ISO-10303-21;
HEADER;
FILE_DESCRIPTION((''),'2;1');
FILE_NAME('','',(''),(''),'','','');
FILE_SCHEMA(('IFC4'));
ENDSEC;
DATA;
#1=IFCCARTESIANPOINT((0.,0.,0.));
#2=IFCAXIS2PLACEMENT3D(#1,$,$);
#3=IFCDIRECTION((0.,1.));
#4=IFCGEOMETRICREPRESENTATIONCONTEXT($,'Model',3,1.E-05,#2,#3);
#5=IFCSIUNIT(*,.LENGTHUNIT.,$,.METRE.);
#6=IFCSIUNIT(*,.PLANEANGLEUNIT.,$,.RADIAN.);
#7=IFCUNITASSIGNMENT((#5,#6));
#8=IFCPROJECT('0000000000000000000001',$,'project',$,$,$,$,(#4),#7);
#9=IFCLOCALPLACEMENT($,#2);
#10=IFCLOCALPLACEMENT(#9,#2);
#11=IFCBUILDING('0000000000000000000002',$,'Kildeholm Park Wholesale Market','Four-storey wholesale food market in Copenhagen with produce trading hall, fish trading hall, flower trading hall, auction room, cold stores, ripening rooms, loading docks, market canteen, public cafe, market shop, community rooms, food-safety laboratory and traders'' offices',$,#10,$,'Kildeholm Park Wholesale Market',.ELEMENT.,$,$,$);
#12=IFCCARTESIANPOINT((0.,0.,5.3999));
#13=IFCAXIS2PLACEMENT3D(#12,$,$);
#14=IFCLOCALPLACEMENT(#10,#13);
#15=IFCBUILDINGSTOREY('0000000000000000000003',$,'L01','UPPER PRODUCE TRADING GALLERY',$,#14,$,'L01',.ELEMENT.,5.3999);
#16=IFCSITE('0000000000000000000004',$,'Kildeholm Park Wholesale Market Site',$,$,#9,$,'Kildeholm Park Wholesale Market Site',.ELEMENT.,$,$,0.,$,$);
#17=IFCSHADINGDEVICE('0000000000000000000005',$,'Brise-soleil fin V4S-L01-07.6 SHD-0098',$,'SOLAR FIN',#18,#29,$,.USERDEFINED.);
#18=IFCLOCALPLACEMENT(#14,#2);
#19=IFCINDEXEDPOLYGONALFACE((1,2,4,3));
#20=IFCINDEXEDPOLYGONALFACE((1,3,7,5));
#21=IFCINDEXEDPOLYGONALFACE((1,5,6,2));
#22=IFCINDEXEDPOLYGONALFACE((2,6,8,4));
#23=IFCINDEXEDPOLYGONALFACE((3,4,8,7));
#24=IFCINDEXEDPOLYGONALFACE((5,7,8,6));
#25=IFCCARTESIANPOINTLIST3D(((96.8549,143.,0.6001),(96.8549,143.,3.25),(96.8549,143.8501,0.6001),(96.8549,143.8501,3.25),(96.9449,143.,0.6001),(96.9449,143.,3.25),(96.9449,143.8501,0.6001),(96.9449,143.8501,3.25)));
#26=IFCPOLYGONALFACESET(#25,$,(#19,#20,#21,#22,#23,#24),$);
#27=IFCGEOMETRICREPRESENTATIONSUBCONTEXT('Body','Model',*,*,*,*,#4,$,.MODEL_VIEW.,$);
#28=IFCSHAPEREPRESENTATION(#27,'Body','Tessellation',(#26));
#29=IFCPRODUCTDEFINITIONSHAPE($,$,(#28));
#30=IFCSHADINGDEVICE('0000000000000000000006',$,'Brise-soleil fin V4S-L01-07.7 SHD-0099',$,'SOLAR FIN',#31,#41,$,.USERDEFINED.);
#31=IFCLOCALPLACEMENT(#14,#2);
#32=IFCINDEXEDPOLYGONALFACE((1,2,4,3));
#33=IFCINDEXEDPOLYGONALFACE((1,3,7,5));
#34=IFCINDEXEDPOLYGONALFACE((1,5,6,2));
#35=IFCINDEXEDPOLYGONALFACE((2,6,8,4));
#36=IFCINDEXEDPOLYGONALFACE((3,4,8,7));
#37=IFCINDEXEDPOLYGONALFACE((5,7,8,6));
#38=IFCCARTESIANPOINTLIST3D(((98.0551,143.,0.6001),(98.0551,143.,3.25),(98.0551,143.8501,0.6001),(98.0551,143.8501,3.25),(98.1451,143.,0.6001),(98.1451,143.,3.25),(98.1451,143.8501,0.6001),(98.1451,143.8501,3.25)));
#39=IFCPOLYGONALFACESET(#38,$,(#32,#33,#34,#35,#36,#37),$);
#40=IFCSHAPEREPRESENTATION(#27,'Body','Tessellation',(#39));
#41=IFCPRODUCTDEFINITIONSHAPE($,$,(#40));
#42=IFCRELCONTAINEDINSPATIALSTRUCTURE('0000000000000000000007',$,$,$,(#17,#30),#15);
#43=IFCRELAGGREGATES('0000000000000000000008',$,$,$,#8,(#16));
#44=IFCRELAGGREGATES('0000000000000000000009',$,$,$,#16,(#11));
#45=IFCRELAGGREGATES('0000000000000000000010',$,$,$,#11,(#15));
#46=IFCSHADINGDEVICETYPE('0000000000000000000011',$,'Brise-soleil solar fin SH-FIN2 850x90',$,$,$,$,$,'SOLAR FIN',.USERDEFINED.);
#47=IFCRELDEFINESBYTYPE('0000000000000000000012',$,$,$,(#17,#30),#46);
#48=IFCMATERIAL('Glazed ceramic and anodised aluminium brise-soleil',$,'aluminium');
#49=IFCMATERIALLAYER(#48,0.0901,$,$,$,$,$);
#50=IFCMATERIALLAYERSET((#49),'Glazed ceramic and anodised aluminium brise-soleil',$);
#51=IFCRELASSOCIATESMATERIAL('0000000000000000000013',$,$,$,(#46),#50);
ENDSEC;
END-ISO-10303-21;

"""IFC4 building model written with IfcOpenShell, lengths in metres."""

from ifc_helpers import new_model, si_unit, direction, frame, origin, origin_2d, place, context, subcontext, project, spatial, rectangle, extrude, material, layer, layer_set, type_object, element, save


model = new_model("IFC4")

# Units and contexts
model_context = context("Model", 3, precision=1e-05, world=origin(), true_north=direction((0.0, 1.0)))
body_context = subcontext(model_context, "Body", "Model", "MODEL_VIEW")
ifc_project = project(units=[si_unit("LENGTHUNIT", "METRE"), si_unit("PLANEANGLEUNIT", "RADIAN")], contexts=[model_context])

# Site, building, storey
site_placement = place(None, origin())
site = spatial("IfcSite", under=ifc_project, at=site_placement, Name="Kildeholm Park Wholesale Market Site", LongName="Kildeholm Park Wholesale Market Site", CompositionType="ELEMENT", RefElevation=0.0)
building_placement = place(site_placement, origin())
building = spatial("IfcBuilding", under=site, at=building_placement, Name="Kildeholm Park Wholesale Market", Description="Four-storey wholesale food market in Copenhagen with produce trading hall, fish trading hall, flower trading hall, auction room, cold stores, ripening rooms, loading docks, market canteen, public cafe, market shop, community rooms, food-safety laboratory and traders' offices", LongName="Kildeholm Park Wholesale Market", CompositionType="ELEMENT")
storey_placement = place(building_placement, frame((0.0, 0.0, 5.3999)))
storey = spatial("IfcBuildingStorey", under=building, at=storey_placement, Name="L01", Description="UPPER PRODUCE TRADING GALLERY", LongName="L01", CompositionType="ELEMENT", Elevation=5.3999)

# Shading devices
ifc_material_1 = material(Name="Glazed ceramic and anodised aluminium brise-soleil", Category="aluminium")
ifc_layer_1 = layer(ifc_material_1, 0.0901)
ifc_layer_set_1 = layer_set([ifc_layer_1], Name="Glazed ceramic and anodised aluminium brise-soleil")
shading_device_type = type_object("IfcShadingDeviceType", Name="Brise-soleil solar fin SH-FIN2 850x90", ElementType="SOLAR FIN", PredefinedType="USERDEFINED", material=ifc_layer_set_1)
for number, where, z_axis, x_axis, name in (
    (1, (96.8999, 143.425, 0.6001), (0.0, 0.0, 1.0), (0.0, -1.0, 0.0), "Brise-soleil fin V4S-L01-07.6 SHD-0098"),
    (2, (98.1001, 143.425, 0.6001), (0.0, 0.0, 1.0), (0.0, -1.0, 0.0), "Brise-soleil fin V4S-L01-07.7 SHD-0099"),
):
    element("IfcShadingDevice", number, at=place(storey_placement, frame(where, z_axis=z_axis, x_axis=x_axis)), inside=storey, type_object=shading_device_type, Name=name, ObjectType="SOLAR FIN", PredefinedType="USERDEFINED", context=body_context, shape_type="SweptSolid", body=[
        extrude(rectangle(XDim=0.8501, YDim=0.0901, at=origin_2d()), origin(), (0.0, 0.0, 1.0), 2.6499),
    ])

save(model, "model.ifc")
